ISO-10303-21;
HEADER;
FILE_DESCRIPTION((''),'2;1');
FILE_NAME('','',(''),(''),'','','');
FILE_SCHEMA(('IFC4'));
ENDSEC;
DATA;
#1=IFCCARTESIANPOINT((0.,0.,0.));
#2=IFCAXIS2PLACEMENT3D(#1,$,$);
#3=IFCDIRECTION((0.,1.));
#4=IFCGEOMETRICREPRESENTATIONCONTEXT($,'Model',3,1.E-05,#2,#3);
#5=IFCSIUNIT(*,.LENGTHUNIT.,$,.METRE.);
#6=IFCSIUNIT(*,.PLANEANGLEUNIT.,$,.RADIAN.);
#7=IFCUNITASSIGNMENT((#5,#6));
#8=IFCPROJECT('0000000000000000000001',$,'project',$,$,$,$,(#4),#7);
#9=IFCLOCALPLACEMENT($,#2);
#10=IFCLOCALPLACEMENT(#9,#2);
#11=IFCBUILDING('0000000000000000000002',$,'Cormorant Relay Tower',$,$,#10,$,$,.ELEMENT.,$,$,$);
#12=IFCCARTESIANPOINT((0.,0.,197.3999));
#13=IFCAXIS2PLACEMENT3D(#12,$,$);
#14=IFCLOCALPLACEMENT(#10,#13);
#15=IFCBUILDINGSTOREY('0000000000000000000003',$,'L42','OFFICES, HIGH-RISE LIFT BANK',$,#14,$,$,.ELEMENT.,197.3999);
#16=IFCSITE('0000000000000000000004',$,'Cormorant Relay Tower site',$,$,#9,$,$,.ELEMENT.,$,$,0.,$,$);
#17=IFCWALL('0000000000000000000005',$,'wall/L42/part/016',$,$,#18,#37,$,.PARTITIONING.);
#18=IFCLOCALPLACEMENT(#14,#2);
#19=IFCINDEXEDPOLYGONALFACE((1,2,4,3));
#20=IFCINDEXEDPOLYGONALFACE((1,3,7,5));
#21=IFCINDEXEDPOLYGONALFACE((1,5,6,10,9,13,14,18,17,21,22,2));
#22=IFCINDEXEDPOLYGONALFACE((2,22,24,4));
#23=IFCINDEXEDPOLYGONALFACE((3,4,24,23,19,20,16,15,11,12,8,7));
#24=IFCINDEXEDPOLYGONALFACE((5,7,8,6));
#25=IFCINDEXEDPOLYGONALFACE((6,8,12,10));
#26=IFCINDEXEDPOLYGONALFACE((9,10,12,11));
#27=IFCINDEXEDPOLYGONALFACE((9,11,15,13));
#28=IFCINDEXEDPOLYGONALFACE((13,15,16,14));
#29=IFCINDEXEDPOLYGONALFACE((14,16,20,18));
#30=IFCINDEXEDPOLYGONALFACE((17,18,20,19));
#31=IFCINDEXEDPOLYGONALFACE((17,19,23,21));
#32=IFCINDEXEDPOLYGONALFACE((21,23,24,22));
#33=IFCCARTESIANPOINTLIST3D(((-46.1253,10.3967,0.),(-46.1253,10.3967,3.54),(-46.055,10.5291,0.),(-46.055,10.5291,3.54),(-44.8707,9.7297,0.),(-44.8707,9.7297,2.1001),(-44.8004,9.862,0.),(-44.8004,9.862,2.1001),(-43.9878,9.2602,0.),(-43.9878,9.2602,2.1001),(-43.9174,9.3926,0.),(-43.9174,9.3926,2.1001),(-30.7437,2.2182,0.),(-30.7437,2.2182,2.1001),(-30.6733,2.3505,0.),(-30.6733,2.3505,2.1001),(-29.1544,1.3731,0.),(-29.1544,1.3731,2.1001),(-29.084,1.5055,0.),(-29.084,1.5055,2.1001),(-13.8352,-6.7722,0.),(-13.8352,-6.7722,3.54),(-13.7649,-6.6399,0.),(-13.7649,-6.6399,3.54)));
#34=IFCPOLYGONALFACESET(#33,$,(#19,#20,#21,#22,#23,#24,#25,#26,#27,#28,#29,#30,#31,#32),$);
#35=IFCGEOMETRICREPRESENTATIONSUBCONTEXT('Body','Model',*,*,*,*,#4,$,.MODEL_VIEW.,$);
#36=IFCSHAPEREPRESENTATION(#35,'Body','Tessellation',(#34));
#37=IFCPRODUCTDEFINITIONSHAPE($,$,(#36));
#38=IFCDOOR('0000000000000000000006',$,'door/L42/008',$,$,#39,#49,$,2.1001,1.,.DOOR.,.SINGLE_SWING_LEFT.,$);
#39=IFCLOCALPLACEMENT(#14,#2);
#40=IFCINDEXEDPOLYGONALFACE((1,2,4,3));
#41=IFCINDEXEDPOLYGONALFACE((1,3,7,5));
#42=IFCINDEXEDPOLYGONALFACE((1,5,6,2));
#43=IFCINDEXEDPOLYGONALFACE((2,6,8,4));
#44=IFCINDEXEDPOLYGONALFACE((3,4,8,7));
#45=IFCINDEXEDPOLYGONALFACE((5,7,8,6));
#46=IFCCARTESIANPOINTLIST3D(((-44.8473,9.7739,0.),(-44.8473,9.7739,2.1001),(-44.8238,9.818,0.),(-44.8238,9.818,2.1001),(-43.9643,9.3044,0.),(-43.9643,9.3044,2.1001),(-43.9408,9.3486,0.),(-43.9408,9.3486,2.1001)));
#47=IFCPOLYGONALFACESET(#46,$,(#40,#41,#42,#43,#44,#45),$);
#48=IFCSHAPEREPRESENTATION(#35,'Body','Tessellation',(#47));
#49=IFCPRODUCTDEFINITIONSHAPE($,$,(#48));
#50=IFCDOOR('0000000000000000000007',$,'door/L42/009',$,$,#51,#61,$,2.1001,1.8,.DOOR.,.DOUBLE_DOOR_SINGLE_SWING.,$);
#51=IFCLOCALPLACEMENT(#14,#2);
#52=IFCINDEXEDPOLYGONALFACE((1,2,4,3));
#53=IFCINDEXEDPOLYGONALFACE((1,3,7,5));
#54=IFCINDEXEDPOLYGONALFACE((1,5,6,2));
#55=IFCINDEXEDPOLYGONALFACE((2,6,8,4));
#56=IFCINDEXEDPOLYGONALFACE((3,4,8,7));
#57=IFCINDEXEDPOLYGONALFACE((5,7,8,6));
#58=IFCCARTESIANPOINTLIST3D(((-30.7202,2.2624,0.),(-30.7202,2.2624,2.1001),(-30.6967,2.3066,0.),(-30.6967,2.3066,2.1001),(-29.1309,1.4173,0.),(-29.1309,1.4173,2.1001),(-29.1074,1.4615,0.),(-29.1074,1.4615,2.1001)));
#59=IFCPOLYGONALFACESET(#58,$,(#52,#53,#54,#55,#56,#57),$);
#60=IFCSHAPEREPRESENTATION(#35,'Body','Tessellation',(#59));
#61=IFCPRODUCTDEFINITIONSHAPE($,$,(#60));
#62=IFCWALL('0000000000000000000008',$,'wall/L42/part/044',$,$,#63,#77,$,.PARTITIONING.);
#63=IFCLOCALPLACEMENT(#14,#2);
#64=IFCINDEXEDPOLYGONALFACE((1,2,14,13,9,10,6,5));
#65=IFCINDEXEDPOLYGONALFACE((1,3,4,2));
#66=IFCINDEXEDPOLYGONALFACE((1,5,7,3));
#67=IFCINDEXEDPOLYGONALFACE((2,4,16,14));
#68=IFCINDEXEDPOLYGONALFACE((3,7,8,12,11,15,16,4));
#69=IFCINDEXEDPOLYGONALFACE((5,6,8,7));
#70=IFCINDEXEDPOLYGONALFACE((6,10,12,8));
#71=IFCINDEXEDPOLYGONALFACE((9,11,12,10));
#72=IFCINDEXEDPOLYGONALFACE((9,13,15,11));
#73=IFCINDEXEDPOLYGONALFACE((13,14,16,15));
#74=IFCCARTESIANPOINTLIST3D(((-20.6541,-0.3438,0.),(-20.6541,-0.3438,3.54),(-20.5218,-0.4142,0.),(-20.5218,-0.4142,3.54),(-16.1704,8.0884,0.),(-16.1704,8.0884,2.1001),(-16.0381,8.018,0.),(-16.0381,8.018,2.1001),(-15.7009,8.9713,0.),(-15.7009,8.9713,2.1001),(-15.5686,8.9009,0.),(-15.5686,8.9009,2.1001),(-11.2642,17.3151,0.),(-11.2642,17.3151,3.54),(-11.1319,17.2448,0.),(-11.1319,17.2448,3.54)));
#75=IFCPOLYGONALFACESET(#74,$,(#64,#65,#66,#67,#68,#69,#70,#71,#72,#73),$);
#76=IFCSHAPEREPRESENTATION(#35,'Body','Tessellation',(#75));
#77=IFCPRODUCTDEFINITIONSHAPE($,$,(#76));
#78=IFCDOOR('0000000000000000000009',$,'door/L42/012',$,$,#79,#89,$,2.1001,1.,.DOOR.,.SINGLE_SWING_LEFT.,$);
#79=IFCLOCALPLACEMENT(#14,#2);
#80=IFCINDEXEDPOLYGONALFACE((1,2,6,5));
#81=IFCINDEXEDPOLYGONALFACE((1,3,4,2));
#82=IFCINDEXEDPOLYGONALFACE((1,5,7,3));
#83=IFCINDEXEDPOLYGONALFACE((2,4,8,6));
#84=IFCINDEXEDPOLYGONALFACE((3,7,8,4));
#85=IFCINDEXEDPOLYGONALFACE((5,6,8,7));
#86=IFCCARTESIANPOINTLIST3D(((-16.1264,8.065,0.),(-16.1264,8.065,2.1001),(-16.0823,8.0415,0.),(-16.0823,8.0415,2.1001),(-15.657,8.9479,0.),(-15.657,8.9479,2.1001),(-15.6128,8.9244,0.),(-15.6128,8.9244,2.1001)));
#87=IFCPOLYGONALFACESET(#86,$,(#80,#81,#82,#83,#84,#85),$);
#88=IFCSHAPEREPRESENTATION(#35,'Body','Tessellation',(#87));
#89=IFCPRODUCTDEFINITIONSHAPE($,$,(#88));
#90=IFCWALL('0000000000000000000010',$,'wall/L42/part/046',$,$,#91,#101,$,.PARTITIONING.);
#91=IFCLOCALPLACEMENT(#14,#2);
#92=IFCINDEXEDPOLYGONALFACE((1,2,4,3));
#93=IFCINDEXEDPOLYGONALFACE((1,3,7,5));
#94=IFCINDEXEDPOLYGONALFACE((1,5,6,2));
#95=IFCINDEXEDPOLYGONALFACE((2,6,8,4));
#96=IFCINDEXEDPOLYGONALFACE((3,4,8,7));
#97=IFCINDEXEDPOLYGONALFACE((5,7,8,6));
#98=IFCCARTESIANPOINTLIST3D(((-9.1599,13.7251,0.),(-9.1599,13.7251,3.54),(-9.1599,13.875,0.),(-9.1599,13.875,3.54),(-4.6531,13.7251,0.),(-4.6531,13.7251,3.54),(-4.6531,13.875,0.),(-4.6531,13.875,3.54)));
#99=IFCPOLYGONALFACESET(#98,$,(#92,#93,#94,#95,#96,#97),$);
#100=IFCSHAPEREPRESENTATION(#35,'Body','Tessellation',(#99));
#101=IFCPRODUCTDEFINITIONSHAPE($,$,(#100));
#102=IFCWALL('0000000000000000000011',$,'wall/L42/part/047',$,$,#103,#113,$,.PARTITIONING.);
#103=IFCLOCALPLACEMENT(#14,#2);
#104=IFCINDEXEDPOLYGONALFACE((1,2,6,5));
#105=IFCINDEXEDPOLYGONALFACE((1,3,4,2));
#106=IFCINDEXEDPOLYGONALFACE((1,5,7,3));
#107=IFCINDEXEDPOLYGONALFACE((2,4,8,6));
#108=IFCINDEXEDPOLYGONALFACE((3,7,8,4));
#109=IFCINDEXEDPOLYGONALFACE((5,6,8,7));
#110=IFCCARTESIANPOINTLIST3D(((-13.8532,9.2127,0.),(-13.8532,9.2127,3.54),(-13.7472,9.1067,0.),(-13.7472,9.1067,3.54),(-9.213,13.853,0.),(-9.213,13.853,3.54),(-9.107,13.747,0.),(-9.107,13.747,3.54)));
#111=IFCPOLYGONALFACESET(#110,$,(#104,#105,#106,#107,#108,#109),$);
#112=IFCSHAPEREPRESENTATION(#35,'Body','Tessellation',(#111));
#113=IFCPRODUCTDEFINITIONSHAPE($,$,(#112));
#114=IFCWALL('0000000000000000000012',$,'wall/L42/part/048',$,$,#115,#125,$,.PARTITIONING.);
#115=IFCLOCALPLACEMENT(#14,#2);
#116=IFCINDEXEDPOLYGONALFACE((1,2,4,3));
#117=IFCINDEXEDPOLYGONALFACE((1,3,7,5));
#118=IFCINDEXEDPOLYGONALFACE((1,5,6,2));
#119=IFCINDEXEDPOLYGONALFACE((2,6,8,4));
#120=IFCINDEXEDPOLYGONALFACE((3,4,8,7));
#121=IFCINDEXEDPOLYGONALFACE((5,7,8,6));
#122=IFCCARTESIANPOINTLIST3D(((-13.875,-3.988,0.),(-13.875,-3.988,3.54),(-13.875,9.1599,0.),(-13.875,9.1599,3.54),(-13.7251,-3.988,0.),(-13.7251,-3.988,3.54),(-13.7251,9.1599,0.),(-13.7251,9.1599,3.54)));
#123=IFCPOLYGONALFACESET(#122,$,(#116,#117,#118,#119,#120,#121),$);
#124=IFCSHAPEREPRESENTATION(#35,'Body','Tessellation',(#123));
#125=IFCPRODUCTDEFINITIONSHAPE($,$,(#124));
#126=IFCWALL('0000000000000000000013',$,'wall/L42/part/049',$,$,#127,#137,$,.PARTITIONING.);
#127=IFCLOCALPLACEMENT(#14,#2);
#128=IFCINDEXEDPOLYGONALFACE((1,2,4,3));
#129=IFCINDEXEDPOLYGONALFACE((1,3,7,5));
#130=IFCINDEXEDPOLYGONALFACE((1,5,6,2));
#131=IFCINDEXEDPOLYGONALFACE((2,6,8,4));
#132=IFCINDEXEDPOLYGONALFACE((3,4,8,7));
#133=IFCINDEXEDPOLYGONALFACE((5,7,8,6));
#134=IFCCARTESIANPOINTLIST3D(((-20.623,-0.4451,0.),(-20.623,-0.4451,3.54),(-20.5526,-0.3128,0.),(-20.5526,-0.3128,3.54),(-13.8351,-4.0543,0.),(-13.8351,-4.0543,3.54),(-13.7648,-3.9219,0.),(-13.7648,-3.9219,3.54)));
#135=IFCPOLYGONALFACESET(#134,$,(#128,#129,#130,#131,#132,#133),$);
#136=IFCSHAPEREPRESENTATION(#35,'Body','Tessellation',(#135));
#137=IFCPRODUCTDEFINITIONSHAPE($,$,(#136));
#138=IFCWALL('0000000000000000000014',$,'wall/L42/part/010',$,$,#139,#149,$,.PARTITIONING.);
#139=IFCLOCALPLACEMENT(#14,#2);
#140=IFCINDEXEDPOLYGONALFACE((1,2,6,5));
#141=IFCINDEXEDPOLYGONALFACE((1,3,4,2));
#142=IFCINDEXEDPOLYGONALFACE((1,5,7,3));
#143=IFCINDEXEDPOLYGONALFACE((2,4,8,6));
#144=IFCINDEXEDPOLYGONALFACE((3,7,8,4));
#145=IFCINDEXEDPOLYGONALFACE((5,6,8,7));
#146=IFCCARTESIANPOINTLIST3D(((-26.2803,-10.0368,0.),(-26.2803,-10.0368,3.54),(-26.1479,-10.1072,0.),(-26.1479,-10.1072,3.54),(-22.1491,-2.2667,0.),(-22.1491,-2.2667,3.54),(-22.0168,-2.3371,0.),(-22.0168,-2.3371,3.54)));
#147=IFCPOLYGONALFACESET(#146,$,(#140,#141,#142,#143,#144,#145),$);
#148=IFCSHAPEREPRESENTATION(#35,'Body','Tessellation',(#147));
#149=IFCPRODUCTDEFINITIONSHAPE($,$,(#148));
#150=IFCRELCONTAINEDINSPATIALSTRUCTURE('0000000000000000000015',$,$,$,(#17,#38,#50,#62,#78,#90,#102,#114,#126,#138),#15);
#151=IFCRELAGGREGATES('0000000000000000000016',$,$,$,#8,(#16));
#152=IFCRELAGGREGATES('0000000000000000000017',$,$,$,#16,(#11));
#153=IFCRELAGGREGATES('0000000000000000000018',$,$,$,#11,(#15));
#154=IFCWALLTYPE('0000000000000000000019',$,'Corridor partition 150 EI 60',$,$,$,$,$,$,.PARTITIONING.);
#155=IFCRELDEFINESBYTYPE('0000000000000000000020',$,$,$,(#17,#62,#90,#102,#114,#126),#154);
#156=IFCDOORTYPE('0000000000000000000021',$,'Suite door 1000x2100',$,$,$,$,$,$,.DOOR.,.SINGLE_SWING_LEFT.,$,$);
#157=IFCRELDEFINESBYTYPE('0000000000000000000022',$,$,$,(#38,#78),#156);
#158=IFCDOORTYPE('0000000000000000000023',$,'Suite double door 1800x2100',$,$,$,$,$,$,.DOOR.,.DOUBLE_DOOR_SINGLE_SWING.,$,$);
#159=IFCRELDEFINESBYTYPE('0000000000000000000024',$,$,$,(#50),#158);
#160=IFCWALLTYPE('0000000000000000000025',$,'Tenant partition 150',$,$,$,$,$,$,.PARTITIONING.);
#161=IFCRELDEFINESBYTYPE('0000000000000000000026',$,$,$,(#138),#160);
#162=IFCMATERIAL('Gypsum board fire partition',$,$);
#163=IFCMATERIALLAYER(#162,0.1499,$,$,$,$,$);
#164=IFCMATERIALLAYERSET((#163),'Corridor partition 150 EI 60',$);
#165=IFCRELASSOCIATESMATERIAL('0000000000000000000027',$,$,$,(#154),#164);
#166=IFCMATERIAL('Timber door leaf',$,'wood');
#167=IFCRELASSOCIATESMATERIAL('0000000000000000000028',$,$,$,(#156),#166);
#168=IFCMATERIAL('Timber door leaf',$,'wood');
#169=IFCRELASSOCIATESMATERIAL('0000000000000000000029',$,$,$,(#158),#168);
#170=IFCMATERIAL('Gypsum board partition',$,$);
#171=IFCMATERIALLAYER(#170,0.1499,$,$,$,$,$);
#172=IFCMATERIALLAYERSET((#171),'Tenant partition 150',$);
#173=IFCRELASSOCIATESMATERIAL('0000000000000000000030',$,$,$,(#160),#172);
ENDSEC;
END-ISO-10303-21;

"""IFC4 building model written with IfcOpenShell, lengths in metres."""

from ifc_helpers import new_model, si_unit, direction, frame, frame_2d, origin, place, context, subcontext, project, spatial, rectangle, extrude, material, layer, layer_set, type_object, element, fill, save


model = new_model("IFC4")

# Units and contexts
model_context = context("Model", 3, precision=1e-05, world=origin(), true_north=direction((0.0, 1.0)))
body_context = subcontext(model_context, "Body", "Model", "MODEL_VIEW")
ifc_project = project(units=[si_unit("LENGTHUNIT", "METRE"), si_unit("PLANEANGLEUNIT", "RADIAN")], contexts=[model_context])

# Site, building, storey
site_placement = place(None, origin())
site = spatial("IfcSite", under=ifc_project, at=site_placement, Name="Cormorant Relay Tower site", CompositionType="ELEMENT", RefElevation=0.0)
building_placement = place(site_placement, origin())
building = spatial("IfcBuilding", under=site, at=building_placement, Name="Cormorant Relay Tower", CompositionType="ELEMENT")
storey_placement = place(building_placement, frame((0.0, 0.0, 197.3999)))
storey = spatial("IfcBuildingStorey", under=building, at=storey_placement, Name="L42", Description="OFFICES, HIGH-RISE LIFT BANK", CompositionType="ELEMENT", Elevation=197.3999)

# Wall, openings, doors
ifc_material_1 = material(Name="Gypsum board fire partition")
ifc_layer_1 = layer(ifc_material_1, 0.1499)
ifc_layer_set_1 = layer_set([ifc_layer_1], Name="Corridor partition 150 EI 60")
wall_type_1 = type_object("IfcWallType", Name="Corridor partition 150 EI 60", PredefinedType="PARTITIONING", material=ifc_layer_set_1)
wall_1_placement = place(storey_placement, frame((-13.8, -6.7061, 0.0), z_axis=(0.0, 0.0, 1.0), x_axis=(-0.882947, 0.469472, 0.0)))
wall_1 = element("IfcWall", 1, at=wall_1_placement, inside=storey, type_object=wall_type_1, Name="wall/L42/part/016", PredefinedType="PARTITIONING", context=body_context, shape_type="SweptSolid", body=[
    extrude(rectangle(XDim=36.5708, YDim=0.1499, at=frame_2d((18.2854, 0.0))), origin(), (0.0, 0.0, 1.0), 3.54),
])
opening_1_placement = place(wall_1_placement, frame((34.1499, 0.0, 0.0)))
opening_1 = element("IfcOpeningElement", 2, at=opening_1_placement, cuts=wall_1, PredefinedType="OPENING", context=body_context, shape_type="SweptSolid", body=[
    extrude(rectangle(XDim=1.0, YDim=2.1001, at=frame_2d((0.5, 1.05))), frame((0.0, 0.085, 0.0), z_axis=(0.0, -1.0, 0.0), x_axis=(1.0, 0.0, 0.0)), (0.0, 0.0, 1.0), 0.1699),
])
opening_2_placement = place(wall_1_placement, frame((17.3501, 0.0, 0.0)))
opening_2 = element("IfcOpeningElement", 3, at=opening_2_placement, cuts=wall_1, PredefinedType="OPENING", context=body_context, shape_type="SweptSolid", body=[
    extrude(rectangle(XDim=1.8, YDim=2.1001, at=frame_2d((0.8999, 1.05))), frame((0.0, 0.085, 0.0), z_axis=(0.0, -1.0, 0.0), x_axis=(1.0, 0.0, 0.0)), (0.0, 0.0, 1.0), 0.1699),
])
ifc_material_2 = material(Name="Timber door leaf", Category="wood")
door_type_1 = type_object("IfcDoorType", Name="Suite door 1000x2100", OperationType="SINGLE_SWING_LEFT", PredefinedType="DOOR", material=ifc_material_2)
door_1_placement = place(opening_1_placement, origin())
door_1 = element("IfcDoor", 4, at=door_1_placement, inside=storey, type_object=door_type_1, Name="door/L42/008", OperationType="SINGLE_SWING_LEFT", OverallHeight=2.1001, OverallWidth=1.0, PredefinedType="DOOR", context=body_context, shape_type="SweptSolid", body=[
    extrude(rectangle(XDim=1.0, YDim=2.1001, at=frame_2d((0.5, 1.05))), frame((0.0, 0.0249, 0.0), z_axis=(0.0, -1.0, 0.0), x_axis=(1.0, 0.0, 0.0)), (0.0, 0.0, 1.0), 0.05),
])
fill(opening_1, door_1)
ifc_material_3 = material(Name="Timber door leaf", Category="wood")
door_type_2 = type_object("IfcDoorType", Name="Suite double door 1800x2100", OperationType="DOUBLE_DOOR_SINGLE_SWING", PredefinedType="DOOR", material=ifc_material_3)
door_2_placement = place(opening_2_placement, origin())
door_2 = element("IfcDoor", 5, at=door_2_placement, inside=storey, type_object=door_type_2, Name="door/L42/009", OperationType="DOUBLE_DOOR_SINGLE_SWING", OverallHeight=2.1001, OverallWidth=1.8, PredefinedType="DOOR", context=body_context, shape_type="SweptSolid", body=[
    extrude(rectangle(XDim=1.8, YDim=2.1001, at=frame_2d((0.8999, 1.05))), frame((0.0, 0.0249, 0.0), z_axis=(0.0, -1.0, 0.0), x_axis=(1.0, 0.0, 0.0)), (0.0, 0.0, 1.0), 0.05),
])
fill(opening_2, door_2)

# Wall, opening, door
wall_2_placement = place(storey_placement, frame((-20.5879, -0.3789, 0.0), z_axis=(0.0, 0.0, 1.0), x_axis=(0.46949, 0.882938, 0.0)))
wall_2 = element("IfcWall", 6, at=wall_2_placement, inside=storey, type_object=wall_type_1, Name="wall/L42/part/044", PredefinedType="PARTITIONING", context=body_context, shape_type="SweptSolid", body=[
    extrude(rectangle(XDim=20.0002, YDim=0.1499, at=frame_2d((10.0, 0.0))), origin(), (0.0, 0.0, 1.0), 3.54),
])
opening_3_placement = place(wall_2_placement, frame((9.55, 0.0, 0.0)))
opening_3 = element("IfcOpeningElement", 7, at=opening_3_placement, cuts=wall_2, PredefinedType="OPENING", context=body_context, shape_type="SweptSolid", body=[
    extrude(rectangle(XDim=1.0, YDim=2.1001, at=frame_2d((0.5, 1.05))), frame((0.0, 0.085, 0.0), z_axis=(0.0, -1.0, 0.0), x_axis=(1.0, 0.0, 0.0)), (0.0, 0.0, 1.0), 0.1699),
])
door_3_placement = place(opening_3_placement, frame((1.0, 0.0, 0.0), z_axis=(0.0, 0.0, 1.0), x_axis=(-1.0, 0.0, 0.0)))
door_3 = element("IfcDoor", 8, at=door_3_placement, inside=storey, type_object=door_type_1, Name="door/L42/012", OperationType="SINGLE_SWING_LEFT", OverallHeight=2.1001, OverallWidth=1.0, PredefinedType="DOOR", context=body_context, shape_type="SweptSolid", body=[
    extrude(rectangle(XDim=1.0, YDim=2.1001, at=frame_2d((0.5, 1.05))), frame((0.0, 0.0249, 0.0), z_axis=(0.0, -1.0, 0.0), x_axis=(1.0, 0.0, 0.0)), (0.0, 0.0, 1.0), 0.05),
])
fill(opening_3, door_3)

# Walls
wall_3_placement = place(storey_placement, frame((-4.6531, 13.8, 0.0), z_axis=(0.0, 0.0, 1.0), x_axis=(-1.0, 0.0, 0.0)))
element("IfcWall", 9, at=wall_3_placement, inside=storey, type_object=wall_type_1, Name="wall/L42/part/046", PredefinedType="PARTITIONING", context=body_context, shape_type="SweptSolid", body=[
    extrude(rectangle(XDim=4.5068, YDim=0.1499, at=frame_2d((2.2534, 0.0))), origin(), (0.0, 0.0, 1.0), 3.54),
])
wall_4_placement = place(storey_placement, frame((-9.1599, 13.8, 0.0), z_axis=(0.0, 0.0, 1.0), x_axis=(-0.707107, -0.707107, 0.0)))
element("IfcWall", 10, at=wall_4_placement, inside=storey, type_object=wall_type_1, Name="wall/L42/part/047", PredefinedType="PARTITIONING", context=body_context, shape_type="SweptSolid", body=[
    extrude(rectangle(XDim=6.5623, YDim=0.1499, at=frame_2d((3.2812, 0.0))), origin(), (0.0, 0.0, 1.0), 3.54),
])
wall_5_placement = place(storey_placement, frame((-13.8, 9.1599, 0.0), z_axis=(0.0, 0.0, 1.0), x_axis=(0.0, -1.0, 0.0)))
element("IfcWall", 11, at=wall_5_placement, inside=storey, type_object=wall_type_1, Name="wall/L42/part/048", PredefinedType="PARTITIONING", context=body_context, shape_type="SweptSolid", body=[
    extrude(rectangle(XDim=13.1479, YDim=0.1499, at=frame_2d((6.574, 0.0))), origin(), (0.0, 0.0, 1.0), 3.54),
])
wall_6_placement = place(storey_placement, frame((-13.8, -3.988, 0.0), z_axis=(0.0, 0.0, 1.0), x_axis=(-0.882949, 0.469469, 0.0)))
element("IfcWall", 12, at=wall_6_placement, inside=storey, type_object=wall_type_1, Name="wall/L42/part/049", PredefinedType="PARTITIONING", context=body_context, shape_type="SweptSolid", body=[
    extrude(rectangle(XDim=7.6877, YDim=0.1499, at=frame_2d((3.8438, 0.0))), origin(), (0.0, 0.0, 1.0), 3.54),
])
ifc_material_4 = material(Name="Gypsum board partition")
ifc_layer_2 = layer(ifc_material_4, 0.1499)
ifc_layer_set_2 = layer_set([ifc_layer_2], Name="Tenant partition 150")
wall_type_2 = type_object("IfcWallType", Name="Tenant partition 150", PredefinedType="PARTITIONING", material=ifc_layer_set_2)
wall_7_placement = place(storey_placement, frame((-22.083, -2.302, 0.0), z_axis=(0.0, 0.0, 1.0), x_axis=(-0.469446, -0.882961, 0.0)))
element("IfcWall", 13, at=wall_7_placement, inside=storey, type_object=wall_type_2, Name="wall/L42/part/010", PredefinedType="PARTITIONING", context=body_context, shape_type="SweptSolid", body=[
    extrude(rectangle(XDim=8.8, YDim=0.1499, at=frame_2d((4.3999, 0.0))), origin(), (0.0, 0.0, 1.0), 3.54),
])

save(model, "model.ifc")
